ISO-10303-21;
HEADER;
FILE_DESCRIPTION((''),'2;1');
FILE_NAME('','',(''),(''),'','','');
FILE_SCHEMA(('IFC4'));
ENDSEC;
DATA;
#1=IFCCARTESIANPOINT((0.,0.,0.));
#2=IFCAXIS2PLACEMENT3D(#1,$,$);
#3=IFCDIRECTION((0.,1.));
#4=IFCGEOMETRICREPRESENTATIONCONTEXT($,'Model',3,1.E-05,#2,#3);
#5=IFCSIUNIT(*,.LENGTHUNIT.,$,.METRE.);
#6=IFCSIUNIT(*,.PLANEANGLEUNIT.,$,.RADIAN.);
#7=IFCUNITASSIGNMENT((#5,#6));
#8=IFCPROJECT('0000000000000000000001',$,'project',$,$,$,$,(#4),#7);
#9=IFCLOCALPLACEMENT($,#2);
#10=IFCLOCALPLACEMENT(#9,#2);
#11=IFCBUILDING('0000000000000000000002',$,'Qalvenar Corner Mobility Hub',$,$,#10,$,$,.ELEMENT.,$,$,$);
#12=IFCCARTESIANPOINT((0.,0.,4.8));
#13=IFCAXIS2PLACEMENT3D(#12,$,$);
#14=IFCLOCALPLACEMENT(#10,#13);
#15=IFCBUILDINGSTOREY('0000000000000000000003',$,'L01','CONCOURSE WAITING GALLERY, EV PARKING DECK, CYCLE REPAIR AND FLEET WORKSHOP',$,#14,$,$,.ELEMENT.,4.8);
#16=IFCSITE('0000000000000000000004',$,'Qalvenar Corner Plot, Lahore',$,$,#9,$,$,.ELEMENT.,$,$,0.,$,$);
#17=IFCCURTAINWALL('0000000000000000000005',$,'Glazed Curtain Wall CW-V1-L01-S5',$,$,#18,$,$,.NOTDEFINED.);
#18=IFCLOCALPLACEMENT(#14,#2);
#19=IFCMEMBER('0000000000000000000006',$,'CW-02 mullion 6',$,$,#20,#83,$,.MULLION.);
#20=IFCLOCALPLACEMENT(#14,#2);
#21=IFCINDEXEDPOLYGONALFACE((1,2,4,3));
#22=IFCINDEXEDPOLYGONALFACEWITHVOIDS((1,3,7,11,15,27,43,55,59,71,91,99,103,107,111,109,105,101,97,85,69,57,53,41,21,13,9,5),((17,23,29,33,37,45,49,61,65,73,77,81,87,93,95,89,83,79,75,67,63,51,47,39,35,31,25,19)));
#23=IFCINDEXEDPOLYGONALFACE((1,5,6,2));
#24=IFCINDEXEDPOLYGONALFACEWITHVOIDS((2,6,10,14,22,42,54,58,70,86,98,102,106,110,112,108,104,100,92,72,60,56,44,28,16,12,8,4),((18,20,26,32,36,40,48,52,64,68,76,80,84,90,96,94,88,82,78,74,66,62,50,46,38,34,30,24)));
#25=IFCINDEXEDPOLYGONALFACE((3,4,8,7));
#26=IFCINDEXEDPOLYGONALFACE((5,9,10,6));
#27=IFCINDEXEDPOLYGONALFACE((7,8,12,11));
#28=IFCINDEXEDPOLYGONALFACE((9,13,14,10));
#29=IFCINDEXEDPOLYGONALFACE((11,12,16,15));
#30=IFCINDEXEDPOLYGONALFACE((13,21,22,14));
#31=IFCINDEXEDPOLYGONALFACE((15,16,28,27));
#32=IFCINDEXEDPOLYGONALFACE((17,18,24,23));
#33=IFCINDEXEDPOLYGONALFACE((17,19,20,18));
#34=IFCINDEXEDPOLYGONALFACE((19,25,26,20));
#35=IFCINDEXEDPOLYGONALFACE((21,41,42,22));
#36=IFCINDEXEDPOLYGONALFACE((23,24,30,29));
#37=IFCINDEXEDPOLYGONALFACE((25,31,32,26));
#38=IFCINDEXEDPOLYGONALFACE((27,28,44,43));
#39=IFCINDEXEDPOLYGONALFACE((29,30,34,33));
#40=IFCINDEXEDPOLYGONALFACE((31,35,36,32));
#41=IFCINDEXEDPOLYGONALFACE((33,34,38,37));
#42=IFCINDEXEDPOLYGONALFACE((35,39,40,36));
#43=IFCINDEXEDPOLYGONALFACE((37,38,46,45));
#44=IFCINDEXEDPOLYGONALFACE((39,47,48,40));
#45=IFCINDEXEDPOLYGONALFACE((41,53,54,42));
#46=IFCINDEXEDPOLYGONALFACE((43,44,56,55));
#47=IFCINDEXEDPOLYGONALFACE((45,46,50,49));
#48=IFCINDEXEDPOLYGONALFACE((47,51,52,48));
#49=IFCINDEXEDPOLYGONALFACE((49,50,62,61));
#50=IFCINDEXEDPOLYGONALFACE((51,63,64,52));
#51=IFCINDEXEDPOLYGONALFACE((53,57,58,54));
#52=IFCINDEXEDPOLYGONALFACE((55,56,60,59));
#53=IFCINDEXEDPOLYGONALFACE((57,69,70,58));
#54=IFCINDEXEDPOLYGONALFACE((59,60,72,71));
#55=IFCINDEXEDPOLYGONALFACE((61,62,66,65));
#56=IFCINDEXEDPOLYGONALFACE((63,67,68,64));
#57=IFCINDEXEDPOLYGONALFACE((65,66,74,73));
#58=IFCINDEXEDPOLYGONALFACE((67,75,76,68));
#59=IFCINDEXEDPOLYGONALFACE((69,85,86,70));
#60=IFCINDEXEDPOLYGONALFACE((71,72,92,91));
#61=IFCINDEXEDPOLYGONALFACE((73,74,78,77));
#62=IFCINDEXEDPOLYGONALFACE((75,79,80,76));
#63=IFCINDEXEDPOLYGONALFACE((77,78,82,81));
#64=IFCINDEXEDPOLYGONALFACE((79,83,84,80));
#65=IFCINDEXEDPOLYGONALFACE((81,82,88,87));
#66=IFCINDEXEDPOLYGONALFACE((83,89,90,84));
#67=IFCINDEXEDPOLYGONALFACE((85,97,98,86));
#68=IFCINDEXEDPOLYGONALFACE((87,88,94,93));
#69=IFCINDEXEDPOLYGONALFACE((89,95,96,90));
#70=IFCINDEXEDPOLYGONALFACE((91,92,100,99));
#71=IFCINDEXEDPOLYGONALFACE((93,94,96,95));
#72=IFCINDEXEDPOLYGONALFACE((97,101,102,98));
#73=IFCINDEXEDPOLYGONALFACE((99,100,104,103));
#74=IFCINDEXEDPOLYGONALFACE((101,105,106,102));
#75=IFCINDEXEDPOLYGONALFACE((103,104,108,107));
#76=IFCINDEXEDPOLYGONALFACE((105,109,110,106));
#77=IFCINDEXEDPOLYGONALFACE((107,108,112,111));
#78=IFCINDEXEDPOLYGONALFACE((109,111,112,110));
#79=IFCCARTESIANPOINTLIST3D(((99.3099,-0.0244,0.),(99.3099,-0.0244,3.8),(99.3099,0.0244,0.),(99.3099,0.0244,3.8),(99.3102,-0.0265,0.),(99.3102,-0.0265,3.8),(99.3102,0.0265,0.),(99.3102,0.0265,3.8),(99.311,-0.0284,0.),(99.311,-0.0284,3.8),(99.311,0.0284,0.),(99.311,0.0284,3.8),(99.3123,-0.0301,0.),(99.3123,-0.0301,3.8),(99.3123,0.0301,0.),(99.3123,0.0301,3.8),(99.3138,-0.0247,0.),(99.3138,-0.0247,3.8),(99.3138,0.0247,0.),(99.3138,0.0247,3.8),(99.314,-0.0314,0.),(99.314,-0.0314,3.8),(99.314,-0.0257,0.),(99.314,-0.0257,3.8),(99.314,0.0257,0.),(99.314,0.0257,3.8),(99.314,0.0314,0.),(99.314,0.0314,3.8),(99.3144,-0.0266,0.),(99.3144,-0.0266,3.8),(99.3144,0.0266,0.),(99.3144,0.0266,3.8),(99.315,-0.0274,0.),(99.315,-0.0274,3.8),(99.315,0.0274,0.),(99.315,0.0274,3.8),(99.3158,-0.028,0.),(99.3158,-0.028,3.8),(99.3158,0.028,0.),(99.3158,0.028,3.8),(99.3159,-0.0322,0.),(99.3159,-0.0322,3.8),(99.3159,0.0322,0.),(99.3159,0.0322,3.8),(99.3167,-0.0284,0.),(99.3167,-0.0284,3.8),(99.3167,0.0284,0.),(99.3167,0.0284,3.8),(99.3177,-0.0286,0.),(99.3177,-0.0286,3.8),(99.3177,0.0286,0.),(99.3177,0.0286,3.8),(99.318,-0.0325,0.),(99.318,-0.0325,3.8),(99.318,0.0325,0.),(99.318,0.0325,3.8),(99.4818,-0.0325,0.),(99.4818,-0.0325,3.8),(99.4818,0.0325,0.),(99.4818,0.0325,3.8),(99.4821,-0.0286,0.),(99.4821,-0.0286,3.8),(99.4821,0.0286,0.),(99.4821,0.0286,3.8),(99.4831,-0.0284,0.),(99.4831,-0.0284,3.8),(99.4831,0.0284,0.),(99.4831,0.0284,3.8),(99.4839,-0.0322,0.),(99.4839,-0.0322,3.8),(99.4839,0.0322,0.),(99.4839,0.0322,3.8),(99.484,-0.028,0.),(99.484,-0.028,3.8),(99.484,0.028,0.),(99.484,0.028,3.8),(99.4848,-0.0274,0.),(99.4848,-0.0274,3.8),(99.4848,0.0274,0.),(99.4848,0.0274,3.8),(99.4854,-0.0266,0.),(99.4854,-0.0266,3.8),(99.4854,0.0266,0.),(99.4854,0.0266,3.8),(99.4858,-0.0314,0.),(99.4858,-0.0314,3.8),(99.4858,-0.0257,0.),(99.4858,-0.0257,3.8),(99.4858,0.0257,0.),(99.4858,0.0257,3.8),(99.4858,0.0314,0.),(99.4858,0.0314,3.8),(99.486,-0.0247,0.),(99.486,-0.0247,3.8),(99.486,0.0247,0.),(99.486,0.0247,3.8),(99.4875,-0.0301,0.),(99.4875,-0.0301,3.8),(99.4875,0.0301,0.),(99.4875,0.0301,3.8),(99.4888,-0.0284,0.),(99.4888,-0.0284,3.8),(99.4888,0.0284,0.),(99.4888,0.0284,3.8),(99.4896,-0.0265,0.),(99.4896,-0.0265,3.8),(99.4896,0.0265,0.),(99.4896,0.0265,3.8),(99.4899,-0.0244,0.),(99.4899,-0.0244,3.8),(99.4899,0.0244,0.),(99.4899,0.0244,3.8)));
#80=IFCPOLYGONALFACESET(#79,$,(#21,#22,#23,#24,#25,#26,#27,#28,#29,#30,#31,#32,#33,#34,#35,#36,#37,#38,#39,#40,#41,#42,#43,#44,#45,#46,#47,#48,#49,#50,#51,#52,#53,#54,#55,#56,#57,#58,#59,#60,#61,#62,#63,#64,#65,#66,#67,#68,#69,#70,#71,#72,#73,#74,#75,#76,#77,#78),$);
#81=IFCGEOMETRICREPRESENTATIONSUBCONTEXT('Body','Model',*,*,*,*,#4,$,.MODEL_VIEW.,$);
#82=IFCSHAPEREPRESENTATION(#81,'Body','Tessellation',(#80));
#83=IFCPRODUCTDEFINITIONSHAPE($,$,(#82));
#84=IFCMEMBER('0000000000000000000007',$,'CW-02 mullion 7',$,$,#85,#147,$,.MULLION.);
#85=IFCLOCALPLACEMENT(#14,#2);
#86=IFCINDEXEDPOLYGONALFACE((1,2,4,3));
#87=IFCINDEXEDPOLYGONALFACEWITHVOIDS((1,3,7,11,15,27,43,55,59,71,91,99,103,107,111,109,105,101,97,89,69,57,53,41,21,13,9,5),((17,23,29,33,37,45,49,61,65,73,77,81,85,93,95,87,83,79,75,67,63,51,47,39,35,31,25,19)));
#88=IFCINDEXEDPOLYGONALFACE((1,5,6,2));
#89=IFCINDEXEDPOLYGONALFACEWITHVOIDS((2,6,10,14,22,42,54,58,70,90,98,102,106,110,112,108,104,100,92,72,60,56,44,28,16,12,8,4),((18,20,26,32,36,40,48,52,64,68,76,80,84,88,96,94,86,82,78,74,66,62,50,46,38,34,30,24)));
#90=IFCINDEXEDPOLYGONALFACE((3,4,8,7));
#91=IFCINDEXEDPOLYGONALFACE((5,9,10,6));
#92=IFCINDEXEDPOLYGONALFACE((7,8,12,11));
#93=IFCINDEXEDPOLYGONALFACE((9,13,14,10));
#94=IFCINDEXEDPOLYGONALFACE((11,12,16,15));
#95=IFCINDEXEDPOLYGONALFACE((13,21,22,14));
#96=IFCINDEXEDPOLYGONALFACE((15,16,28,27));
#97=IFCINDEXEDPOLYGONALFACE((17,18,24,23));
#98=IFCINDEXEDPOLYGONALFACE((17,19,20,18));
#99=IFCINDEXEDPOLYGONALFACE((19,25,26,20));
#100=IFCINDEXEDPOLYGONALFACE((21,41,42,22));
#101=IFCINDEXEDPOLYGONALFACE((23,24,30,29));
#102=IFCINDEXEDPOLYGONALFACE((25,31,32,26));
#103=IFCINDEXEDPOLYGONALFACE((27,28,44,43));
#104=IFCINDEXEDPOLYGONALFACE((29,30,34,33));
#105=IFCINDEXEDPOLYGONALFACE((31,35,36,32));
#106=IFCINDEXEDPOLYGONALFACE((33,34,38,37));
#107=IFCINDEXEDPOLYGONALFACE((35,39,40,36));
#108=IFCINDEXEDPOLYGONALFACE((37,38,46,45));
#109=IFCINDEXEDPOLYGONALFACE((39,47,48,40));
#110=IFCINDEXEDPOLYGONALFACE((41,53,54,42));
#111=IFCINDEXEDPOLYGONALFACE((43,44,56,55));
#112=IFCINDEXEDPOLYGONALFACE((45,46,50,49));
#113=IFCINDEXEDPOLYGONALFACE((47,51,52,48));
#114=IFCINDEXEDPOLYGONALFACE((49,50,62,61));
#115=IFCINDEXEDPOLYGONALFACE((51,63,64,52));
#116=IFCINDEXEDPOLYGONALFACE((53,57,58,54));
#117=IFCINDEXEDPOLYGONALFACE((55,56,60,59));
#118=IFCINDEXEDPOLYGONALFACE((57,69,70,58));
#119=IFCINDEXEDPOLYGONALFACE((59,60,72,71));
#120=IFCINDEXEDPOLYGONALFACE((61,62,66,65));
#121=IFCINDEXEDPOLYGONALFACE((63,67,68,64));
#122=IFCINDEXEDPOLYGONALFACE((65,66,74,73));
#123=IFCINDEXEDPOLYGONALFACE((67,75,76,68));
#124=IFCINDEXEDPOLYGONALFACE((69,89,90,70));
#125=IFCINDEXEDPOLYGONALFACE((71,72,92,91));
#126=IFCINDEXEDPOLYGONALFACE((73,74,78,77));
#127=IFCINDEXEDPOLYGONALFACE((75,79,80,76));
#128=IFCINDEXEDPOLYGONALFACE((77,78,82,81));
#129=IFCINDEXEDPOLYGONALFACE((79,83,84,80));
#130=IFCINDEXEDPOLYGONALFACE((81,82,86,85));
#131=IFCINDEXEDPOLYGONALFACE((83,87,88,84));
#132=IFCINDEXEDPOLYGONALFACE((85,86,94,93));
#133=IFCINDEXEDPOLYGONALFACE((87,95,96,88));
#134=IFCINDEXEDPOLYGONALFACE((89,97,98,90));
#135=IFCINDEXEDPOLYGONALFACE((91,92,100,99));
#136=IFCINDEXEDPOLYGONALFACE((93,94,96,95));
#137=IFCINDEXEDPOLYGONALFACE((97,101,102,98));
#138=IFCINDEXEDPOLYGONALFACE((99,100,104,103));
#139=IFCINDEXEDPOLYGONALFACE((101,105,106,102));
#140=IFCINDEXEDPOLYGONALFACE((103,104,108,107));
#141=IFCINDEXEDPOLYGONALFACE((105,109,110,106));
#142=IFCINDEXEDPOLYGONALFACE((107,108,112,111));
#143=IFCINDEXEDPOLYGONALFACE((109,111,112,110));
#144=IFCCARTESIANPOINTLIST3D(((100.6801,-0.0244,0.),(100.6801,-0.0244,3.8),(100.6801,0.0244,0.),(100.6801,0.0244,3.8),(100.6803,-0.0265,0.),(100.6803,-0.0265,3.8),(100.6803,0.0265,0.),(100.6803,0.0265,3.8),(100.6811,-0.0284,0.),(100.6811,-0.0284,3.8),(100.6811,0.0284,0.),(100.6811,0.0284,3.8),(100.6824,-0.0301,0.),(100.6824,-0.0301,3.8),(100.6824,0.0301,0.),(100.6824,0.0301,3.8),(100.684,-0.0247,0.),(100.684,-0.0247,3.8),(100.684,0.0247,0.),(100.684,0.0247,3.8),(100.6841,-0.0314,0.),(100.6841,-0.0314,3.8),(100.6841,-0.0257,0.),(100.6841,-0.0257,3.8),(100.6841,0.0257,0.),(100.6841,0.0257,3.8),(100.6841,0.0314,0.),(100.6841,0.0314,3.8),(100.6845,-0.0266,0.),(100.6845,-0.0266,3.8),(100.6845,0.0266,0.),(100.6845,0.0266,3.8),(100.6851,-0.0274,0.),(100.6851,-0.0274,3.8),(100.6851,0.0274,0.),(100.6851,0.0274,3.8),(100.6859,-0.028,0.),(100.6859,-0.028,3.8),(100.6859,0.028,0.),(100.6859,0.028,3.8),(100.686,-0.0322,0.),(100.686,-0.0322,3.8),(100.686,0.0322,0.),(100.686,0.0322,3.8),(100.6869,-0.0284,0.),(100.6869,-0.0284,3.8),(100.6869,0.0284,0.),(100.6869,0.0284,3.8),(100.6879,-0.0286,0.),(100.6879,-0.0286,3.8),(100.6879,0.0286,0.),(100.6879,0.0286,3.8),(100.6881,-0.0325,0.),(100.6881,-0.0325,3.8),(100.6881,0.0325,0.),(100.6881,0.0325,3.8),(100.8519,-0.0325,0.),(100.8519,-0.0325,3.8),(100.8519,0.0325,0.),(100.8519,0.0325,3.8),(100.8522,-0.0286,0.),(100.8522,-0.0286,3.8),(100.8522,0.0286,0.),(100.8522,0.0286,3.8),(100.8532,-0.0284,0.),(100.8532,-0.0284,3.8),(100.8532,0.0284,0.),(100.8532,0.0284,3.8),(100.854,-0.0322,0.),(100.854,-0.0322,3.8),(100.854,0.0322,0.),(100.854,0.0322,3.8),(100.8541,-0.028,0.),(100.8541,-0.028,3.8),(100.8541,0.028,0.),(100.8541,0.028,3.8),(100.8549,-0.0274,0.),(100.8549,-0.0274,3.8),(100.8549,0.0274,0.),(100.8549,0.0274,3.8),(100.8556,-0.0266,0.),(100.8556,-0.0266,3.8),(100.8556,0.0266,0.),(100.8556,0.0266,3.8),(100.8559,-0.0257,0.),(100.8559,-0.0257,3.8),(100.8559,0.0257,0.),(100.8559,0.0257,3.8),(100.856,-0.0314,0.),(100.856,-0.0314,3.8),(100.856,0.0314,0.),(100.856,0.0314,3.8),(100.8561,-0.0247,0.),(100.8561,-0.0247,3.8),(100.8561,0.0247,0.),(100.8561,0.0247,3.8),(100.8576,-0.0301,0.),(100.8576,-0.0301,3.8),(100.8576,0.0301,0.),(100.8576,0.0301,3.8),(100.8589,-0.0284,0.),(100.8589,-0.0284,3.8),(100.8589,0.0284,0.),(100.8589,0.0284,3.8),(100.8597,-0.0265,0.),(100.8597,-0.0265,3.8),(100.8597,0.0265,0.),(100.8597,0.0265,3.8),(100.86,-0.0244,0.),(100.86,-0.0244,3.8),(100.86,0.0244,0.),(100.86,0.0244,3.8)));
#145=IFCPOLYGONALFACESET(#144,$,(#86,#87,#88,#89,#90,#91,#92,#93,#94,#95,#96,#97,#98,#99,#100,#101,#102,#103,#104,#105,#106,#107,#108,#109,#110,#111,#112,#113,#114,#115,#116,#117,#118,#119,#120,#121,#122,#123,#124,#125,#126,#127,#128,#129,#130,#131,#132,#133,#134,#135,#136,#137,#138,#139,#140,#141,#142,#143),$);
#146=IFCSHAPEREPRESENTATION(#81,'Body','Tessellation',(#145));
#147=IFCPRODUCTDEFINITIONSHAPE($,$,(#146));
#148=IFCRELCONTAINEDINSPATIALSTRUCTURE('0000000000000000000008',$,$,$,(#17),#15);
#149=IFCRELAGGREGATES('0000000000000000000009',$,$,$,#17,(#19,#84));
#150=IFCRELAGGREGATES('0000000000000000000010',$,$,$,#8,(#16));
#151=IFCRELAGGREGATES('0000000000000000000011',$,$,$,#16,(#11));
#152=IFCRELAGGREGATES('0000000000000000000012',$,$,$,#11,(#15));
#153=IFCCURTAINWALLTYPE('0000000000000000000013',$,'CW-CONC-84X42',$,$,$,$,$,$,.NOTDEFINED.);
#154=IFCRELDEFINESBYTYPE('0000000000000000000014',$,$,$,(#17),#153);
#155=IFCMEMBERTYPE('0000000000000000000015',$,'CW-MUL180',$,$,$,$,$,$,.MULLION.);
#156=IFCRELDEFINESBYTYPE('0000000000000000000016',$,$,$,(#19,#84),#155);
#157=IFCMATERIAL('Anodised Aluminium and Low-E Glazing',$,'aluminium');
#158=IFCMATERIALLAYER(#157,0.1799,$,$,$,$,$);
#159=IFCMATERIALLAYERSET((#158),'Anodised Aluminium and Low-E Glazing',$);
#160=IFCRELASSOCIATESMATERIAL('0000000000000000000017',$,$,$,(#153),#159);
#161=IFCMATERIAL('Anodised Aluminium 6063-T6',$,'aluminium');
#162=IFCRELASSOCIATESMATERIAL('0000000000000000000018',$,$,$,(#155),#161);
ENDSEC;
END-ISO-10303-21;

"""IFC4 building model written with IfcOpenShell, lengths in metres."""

from ifc_helpers import new_model, si_unit, direction, frame, origin, origin_2d, place, context, subcontext, project, spatial, hollow_rectangle, extrude, material, layer, layer_set, material_profile, profile_set, type_object, element, aggregate, save


model = new_model("IFC4")

# Units and contexts
model_context = context("Model", 3, precision=1e-05, world=origin(), true_north=direction((0.0, 1.0)))
body_context = subcontext(model_context, "Body", "Model", "MODEL_VIEW")
ifc_project = project(units=[si_unit("LENGTHUNIT", "METRE"), si_unit("PLANEANGLEUNIT", "RADIAN")], contexts=[model_context])

# Site, building, storey
site_placement = place(None, origin())
site = spatial("IfcSite", under=ifc_project, at=site_placement, Name="Qalvenar Corner Plot, Lahore", CompositionType="ELEMENT", RefElevation=0.0)
building_placement = place(site_placement, origin())
building = spatial("IfcBuilding", under=site, at=building_placement, Name="Qalvenar Corner Mobility Hub", CompositionType="ELEMENT")
storey_placement = place(building_placement, frame((0.0, 0.0, 4.8)))
storey = spatial("IfcBuildingStorey", under=building, at=storey_placement, Name="L01", Description="CONCOURSE WAITING GALLERY, EV PARKING DECK, CYCLE REPAIR AND FLEET WORKSHOP", CompositionType="ELEMENT", Elevation=4.8)

# Curtain wall, members
ifc_material_1 = material(Name="Anodised Aluminium and Low-E Glazing", Category="aluminium")
ifc_layer_1 = layer(ifc_material_1, 0.1799)
ifc_layer_set_1 = layer_set([ifc_layer_1], Name="Anodised Aluminium and Low-E Glazing")
curtain_wall_type = type_object("IfcCurtainWallType", Name="CW-CONC-84X42", PredefinedType="NOTDEFINED", material=ifc_layer_set_1)
curtain_wall_1_placement = place(storey_placement, origin())
curtain_wall_1 = element("IfcCurtainWall", 1, at=curtain_wall_1_placement, inside=storey, type_object=curtain_wall_type, Name="Glazed Curtain Wall CW-V1-L01-S5", PredefinedType="NOTDEFINED")
ifc_material_2 = material(Name="Anodised Aluminium 6063-T6", Category="aluminium")
ifc_material_profile_1 = material_profile(ifc_material_2, hollow_rectangle(XDim=0.0649, YDim=0.1799, WallThickness=0.0039, InnerFilletRadius=0.0039, OuterFilletRadius=0.0081, at=origin_2d()), Name="RHS180x65x4")
ifc_profile_set_1 = profile_set([ifc_material_profile_1], Name="Anodised Aluminium 6063-T6")
member_type_1 = type_object("IfcMemberType", Name="CW-MUL180", PredefinedType="MULLION", material=ifc_profile_set_1)
member_1_placement = place(storey_placement, frame((99.3999, 0.0, 0.0), z_axis=(0.0, 0.0, 1.0), x_axis=(0.0, 1.0, 0.0)))
member_1 = element("IfcMember", 2, at=member_1_placement, type_object=member_type_1, Name="CW-02 mullion 6", PredefinedType="MULLION", context=body_context, shape_type="SweptSolid", body=[
    extrude(hollow_rectangle(XDim=0.0649, YDim=0.1799, WallThickness=0.0039, InnerFilletRadius=0.0039, OuterFilletRadius=0.0081, at=origin_2d()), origin(), (0.0, 0.0, 1.0), 3.8),
])
member_2_placement = place(storey_placement, frame((100.77, 0.0, 0.0), z_axis=(0.0, 0.0, 1.0), x_axis=(0.0, 1.0, 0.0)))
member_2 = element("IfcMember", 3, at=member_2_placement, type_object=member_type_1, Name="CW-02 mullion 7", PredefinedType="MULLION", context=body_context, shape_type="SweptSolid", body=[
    extrude(hollow_rectangle(XDim=0.0649, YDim=0.1799, WallThickness=0.0039, InnerFilletRadius=0.0039, OuterFilletRadius=0.0081, at=origin_2d()), origin(), (0.0, 0.0, 1.0), 3.8),
])

aggregate(curtain_wall_1, [member_1, member_2])

save(model, "model.ifc")
